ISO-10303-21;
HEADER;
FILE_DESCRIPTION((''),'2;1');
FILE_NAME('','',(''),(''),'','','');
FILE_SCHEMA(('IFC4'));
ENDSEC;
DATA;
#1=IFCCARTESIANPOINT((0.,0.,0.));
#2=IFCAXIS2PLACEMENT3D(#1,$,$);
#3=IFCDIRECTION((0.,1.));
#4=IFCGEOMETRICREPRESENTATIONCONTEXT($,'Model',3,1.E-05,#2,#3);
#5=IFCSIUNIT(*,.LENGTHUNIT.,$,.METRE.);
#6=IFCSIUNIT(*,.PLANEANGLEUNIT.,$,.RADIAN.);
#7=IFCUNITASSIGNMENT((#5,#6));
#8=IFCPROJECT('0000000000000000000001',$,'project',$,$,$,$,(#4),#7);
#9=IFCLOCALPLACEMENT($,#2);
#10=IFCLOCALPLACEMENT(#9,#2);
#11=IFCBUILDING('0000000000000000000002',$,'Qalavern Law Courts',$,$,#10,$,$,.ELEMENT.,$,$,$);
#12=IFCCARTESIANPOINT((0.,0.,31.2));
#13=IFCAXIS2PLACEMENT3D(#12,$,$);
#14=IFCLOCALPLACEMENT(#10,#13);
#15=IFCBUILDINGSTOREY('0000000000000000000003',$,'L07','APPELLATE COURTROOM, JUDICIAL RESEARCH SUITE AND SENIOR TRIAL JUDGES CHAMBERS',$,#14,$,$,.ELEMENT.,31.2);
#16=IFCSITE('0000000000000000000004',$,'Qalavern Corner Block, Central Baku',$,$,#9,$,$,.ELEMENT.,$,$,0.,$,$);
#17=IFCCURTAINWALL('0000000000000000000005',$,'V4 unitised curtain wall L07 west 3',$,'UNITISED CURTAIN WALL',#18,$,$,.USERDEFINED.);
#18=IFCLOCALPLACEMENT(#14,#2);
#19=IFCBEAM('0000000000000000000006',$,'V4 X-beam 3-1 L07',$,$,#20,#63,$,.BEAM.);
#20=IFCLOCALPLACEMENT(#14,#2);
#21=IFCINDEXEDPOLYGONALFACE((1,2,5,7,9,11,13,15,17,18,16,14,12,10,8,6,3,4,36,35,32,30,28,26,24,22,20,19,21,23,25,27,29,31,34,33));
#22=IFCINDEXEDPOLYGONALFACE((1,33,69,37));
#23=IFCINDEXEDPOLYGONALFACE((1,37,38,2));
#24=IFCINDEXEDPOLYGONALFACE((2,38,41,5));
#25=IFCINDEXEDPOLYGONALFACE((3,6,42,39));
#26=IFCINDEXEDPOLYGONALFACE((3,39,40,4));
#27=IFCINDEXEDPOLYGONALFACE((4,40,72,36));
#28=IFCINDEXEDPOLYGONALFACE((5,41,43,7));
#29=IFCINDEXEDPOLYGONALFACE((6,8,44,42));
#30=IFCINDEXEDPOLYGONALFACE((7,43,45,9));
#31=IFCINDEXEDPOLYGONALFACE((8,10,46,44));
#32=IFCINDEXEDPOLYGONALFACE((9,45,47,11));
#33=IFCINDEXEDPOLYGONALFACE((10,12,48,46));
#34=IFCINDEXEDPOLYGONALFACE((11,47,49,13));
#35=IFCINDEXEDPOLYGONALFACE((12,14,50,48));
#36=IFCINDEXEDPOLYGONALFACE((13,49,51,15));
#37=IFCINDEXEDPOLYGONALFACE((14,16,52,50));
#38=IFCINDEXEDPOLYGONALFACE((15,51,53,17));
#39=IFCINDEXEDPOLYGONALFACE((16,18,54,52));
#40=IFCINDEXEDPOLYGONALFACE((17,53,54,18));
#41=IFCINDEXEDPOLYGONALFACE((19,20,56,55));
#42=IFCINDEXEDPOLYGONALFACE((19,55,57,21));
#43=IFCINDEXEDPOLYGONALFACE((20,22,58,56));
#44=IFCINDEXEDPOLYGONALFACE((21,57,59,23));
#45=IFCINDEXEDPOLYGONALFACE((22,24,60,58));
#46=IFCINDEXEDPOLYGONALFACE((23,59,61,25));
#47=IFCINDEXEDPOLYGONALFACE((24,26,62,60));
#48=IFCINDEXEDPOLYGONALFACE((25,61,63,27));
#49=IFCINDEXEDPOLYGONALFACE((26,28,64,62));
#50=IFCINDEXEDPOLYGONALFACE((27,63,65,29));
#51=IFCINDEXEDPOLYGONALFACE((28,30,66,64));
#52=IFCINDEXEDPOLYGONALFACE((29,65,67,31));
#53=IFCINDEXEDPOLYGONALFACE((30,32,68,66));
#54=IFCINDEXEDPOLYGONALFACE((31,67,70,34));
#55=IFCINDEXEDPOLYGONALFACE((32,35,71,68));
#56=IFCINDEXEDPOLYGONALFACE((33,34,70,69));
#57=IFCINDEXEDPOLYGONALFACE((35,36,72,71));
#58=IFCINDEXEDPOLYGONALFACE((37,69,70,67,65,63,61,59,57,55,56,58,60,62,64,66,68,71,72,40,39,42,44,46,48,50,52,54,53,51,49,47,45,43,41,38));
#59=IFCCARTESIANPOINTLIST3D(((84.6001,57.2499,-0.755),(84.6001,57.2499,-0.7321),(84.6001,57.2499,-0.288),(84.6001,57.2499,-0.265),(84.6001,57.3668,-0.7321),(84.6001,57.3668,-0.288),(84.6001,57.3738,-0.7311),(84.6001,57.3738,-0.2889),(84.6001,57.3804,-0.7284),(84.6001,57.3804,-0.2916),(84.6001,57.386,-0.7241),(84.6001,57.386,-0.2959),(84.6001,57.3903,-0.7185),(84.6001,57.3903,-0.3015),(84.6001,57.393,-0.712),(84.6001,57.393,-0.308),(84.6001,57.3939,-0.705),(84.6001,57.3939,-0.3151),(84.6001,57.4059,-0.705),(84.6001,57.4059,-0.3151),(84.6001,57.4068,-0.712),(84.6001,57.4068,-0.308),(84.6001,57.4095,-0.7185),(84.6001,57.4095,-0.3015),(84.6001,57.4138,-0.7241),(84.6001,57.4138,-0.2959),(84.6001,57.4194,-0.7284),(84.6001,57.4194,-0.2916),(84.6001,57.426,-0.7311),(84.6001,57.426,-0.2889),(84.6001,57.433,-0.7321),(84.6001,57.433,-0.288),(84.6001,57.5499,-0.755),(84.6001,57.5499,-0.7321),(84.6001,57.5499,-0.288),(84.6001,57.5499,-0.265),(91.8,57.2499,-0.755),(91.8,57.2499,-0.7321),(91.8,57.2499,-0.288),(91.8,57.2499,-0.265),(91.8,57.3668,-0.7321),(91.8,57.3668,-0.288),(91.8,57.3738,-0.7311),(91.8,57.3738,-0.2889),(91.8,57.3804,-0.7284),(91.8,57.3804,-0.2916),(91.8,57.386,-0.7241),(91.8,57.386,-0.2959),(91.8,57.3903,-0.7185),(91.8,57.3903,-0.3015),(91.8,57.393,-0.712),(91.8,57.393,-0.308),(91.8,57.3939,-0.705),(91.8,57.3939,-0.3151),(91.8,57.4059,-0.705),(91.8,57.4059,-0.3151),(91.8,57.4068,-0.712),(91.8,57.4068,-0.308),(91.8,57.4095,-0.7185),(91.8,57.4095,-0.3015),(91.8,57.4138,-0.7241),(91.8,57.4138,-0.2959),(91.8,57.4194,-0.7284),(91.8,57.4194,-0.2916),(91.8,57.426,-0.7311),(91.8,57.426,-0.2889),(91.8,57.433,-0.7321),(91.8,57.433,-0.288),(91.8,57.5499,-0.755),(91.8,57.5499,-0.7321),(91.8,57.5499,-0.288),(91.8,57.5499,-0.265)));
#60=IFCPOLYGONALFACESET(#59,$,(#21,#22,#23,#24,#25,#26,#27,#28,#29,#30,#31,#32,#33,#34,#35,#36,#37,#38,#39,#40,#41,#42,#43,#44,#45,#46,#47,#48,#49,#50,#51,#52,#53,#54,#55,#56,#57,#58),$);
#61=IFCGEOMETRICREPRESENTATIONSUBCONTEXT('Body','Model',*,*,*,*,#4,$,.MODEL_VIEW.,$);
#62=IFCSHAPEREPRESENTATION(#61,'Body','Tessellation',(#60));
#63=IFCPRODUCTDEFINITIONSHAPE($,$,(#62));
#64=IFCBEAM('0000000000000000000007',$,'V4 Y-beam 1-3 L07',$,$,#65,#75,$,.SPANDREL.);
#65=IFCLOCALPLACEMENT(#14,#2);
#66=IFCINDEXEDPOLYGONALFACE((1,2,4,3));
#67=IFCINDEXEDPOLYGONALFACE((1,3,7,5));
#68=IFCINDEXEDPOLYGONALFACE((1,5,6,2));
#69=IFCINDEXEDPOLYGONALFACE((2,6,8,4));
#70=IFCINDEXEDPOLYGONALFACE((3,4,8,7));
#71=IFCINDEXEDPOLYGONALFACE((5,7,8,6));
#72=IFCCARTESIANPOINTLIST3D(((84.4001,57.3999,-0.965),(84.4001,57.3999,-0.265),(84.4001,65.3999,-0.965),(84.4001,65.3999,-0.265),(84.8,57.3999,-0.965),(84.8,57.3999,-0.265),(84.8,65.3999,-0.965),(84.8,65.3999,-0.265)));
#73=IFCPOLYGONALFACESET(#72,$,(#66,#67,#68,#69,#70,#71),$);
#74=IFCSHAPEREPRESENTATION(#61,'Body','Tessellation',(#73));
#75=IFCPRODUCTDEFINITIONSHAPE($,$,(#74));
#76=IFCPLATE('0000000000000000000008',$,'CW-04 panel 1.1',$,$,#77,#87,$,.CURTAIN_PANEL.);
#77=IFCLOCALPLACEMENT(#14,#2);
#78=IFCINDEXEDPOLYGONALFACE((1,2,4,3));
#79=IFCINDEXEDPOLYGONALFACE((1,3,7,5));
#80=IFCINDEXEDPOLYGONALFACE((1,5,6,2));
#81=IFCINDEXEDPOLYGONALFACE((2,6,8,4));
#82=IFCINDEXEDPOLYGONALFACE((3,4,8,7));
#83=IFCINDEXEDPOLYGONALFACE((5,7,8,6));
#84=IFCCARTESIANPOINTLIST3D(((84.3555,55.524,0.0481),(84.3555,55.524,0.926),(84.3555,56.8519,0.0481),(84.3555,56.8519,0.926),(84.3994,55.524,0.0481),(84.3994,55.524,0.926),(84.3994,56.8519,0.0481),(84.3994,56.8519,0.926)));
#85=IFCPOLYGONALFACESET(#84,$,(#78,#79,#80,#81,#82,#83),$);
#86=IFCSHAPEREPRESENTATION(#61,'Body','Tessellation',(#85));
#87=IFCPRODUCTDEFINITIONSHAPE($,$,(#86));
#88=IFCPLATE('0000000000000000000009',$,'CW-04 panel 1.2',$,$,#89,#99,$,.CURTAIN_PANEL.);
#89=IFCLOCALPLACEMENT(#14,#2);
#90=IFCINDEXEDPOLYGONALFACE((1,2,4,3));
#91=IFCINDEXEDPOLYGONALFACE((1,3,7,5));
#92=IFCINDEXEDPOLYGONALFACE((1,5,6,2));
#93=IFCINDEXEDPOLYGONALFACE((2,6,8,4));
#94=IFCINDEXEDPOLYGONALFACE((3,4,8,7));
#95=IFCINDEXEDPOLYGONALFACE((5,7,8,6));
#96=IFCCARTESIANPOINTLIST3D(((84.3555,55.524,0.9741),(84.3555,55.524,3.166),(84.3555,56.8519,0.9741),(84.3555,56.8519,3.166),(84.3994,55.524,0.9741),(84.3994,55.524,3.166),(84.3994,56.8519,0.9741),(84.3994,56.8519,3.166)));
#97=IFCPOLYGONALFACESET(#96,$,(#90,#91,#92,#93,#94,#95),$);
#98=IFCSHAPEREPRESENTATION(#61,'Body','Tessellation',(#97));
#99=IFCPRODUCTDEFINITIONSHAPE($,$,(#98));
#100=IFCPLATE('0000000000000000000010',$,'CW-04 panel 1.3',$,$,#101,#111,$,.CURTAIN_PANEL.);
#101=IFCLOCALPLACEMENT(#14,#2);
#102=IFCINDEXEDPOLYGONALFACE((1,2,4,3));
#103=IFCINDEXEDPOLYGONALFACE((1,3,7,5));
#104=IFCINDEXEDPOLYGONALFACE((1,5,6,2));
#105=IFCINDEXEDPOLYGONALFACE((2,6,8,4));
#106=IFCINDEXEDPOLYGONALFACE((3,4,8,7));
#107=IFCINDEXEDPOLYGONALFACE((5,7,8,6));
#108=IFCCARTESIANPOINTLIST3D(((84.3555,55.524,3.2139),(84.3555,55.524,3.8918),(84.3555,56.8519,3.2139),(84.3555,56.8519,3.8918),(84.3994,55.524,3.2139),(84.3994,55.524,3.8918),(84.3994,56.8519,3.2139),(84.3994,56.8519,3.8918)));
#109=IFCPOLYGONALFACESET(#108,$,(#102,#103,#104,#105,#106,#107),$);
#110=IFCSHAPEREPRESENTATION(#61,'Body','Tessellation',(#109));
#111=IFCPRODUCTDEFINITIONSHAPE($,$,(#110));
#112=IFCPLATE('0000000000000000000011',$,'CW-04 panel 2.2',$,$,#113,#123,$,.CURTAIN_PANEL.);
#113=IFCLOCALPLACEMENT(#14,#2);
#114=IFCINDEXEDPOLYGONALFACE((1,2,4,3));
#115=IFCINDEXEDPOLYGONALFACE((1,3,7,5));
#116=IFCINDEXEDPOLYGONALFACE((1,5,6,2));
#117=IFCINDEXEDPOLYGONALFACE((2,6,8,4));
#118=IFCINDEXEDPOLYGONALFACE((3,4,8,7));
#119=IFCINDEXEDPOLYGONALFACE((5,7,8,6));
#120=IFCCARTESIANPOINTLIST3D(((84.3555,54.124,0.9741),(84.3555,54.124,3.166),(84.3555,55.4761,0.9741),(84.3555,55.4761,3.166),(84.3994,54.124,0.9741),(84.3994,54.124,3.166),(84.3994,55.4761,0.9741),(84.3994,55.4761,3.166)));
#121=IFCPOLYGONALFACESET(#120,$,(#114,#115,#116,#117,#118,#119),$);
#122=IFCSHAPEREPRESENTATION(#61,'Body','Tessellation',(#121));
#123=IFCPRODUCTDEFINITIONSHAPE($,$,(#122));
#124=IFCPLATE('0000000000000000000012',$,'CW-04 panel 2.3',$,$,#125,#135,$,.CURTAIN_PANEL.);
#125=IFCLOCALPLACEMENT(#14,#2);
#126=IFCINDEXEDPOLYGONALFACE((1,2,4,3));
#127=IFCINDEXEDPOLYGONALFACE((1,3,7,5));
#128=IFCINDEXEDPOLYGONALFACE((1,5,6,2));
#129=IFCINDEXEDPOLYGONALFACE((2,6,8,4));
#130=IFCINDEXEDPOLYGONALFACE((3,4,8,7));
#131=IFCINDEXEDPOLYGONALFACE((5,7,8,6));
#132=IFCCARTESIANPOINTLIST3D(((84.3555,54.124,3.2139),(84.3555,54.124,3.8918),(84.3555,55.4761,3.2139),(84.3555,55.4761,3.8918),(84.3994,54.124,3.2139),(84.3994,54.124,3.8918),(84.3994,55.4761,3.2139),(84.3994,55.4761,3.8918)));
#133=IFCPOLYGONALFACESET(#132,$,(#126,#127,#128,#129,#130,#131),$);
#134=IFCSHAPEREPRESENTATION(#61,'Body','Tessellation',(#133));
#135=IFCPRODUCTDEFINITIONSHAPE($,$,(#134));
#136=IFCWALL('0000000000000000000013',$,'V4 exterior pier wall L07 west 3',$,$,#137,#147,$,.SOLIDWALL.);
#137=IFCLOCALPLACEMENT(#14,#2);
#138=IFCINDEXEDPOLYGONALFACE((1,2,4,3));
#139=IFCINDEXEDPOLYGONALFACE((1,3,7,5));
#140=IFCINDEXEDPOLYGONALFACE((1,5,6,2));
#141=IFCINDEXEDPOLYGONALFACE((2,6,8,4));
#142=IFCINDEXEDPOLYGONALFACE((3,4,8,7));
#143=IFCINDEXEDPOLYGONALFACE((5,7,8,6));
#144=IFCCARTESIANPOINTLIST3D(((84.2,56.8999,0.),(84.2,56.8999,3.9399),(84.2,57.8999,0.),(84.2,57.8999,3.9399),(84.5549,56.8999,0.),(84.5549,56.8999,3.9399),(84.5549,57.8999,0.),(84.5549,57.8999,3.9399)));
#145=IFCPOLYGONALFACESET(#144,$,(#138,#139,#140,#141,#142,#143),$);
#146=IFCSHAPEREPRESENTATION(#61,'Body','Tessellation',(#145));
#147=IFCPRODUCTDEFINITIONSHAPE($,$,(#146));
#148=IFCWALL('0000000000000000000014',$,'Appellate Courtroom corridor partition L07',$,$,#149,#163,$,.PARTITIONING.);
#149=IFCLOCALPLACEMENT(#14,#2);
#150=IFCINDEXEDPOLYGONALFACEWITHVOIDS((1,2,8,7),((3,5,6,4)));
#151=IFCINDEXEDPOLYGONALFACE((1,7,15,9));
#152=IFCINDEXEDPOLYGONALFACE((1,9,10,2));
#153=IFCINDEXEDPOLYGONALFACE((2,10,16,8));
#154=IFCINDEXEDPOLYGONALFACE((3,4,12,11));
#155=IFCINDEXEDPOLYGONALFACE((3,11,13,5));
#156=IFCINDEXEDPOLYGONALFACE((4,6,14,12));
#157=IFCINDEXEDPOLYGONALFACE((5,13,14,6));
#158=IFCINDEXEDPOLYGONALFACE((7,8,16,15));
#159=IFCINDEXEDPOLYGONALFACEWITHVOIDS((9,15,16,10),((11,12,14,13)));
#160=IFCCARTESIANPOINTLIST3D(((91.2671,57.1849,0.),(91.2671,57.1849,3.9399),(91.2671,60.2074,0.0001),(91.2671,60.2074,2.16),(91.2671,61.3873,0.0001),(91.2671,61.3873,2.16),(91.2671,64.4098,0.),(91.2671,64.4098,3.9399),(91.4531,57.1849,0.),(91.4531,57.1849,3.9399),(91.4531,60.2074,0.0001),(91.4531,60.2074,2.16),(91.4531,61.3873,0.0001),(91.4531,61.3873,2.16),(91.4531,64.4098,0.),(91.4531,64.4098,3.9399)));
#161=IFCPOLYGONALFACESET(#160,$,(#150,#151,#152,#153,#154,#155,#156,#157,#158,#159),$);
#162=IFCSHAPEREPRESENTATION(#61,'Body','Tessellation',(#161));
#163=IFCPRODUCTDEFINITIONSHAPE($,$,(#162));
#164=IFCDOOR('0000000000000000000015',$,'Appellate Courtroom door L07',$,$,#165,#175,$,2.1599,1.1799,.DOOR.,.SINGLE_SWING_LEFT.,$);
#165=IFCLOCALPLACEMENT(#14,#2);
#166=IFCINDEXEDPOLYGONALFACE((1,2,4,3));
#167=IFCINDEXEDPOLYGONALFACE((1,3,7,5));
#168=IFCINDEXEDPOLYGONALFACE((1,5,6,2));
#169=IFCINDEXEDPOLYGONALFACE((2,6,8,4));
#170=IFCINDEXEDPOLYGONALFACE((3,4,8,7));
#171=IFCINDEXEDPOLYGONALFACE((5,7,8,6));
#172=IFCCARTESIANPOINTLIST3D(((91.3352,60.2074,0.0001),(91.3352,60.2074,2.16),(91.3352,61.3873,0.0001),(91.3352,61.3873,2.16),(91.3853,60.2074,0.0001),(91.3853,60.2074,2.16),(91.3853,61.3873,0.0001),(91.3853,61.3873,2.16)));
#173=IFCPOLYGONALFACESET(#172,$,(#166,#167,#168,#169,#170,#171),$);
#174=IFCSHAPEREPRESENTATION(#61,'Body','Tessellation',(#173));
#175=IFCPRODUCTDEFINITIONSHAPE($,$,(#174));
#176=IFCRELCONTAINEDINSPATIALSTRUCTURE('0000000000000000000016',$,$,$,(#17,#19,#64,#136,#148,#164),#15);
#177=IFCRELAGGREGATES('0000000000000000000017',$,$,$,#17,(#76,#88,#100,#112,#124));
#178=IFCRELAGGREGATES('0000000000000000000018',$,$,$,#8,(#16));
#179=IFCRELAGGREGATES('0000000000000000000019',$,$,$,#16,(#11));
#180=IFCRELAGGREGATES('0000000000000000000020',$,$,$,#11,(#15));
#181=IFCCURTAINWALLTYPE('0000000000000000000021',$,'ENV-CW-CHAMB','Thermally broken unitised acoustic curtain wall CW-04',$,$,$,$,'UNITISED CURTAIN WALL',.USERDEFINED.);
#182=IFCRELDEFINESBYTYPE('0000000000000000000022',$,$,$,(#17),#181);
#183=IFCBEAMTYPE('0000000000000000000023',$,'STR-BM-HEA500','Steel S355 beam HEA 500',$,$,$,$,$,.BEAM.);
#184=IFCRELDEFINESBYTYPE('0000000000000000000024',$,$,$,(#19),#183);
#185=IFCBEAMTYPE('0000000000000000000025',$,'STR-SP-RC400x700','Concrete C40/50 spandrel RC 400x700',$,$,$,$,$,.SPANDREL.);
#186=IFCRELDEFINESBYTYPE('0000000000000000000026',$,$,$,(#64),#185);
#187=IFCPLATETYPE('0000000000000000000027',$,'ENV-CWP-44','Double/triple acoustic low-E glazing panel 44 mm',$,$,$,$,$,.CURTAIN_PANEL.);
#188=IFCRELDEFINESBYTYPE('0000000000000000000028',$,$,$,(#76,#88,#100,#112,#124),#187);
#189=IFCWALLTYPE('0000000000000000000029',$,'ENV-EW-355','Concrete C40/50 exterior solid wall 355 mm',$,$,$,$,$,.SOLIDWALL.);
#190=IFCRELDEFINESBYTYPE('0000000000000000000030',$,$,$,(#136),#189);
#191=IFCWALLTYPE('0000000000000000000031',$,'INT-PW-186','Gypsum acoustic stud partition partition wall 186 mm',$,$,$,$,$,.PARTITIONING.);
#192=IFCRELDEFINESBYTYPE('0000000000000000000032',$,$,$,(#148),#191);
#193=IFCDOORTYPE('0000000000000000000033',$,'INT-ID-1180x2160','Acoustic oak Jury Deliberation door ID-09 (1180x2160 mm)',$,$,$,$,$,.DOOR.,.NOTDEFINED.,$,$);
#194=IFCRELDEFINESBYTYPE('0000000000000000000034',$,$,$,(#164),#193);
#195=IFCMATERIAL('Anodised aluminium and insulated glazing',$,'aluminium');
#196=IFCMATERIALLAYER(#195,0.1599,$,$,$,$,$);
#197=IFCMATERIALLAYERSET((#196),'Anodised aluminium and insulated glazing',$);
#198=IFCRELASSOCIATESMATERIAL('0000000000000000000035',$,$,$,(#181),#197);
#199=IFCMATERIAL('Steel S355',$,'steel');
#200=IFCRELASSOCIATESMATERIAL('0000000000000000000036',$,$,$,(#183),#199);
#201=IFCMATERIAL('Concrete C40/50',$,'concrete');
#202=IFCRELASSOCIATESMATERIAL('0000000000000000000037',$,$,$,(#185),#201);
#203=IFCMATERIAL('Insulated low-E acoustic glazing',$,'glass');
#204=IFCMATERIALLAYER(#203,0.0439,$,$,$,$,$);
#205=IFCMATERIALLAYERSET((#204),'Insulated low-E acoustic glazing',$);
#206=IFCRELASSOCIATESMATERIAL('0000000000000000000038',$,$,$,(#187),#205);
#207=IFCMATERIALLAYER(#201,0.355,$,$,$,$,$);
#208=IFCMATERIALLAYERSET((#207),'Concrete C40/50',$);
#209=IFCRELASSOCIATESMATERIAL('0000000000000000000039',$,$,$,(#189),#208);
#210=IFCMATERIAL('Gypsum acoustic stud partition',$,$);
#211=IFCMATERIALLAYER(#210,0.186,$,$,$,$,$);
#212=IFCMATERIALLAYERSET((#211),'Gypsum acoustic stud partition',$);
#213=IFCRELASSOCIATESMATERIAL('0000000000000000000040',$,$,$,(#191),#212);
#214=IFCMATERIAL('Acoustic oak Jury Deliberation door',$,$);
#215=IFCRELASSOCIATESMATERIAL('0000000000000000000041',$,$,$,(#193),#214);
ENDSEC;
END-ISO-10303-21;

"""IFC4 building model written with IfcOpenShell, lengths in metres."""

from ifc_helpers import new_model, si_unit, direction, frame, frame_2d, origin, origin_2d, place, context, subcontext, project, spatial, rectangle, i_section, extrude, material, layer, layer_set, material_profile, profile_set, type_object, element, fill, aggregate, save


model = new_model("IFC4")

# Units and contexts
model_context = context("Model", 3, precision=1e-05, world=origin(), true_north=direction((0.0, 1.0)))
body_context = subcontext(model_context, "Body", "Model", "MODEL_VIEW")
ifc_project = project(units=[si_unit("LENGTHUNIT", "METRE"), si_unit("PLANEANGLEUNIT", "RADIAN")], contexts=[model_context])

# Site, building, storey
site_placement = place(None, origin())
site = spatial("IfcSite", under=ifc_project, at=site_placement, Name="Qalavern Corner Block, Central Baku", CompositionType="ELEMENT", RefElevation=0.0)
building_placement = place(site_placement, origin())
building = spatial("IfcBuilding", under=site, at=building_placement, Name="Qalavern Law Courts", CompositionType="ELEMENT")
storey_placement = place(building_placement, frame((0.0, 0.0, 31.2)))
storey = spatial("IfcBuildingStorey", under=building, at=storey_placement, Name="L07", Description="APPELLATE COURTROOM, JUDICIAL RESEARCH SUITE AND SENIOR TRIAL JUDGES CHAMBERS", CompositionType="ELEMENT", Elevation=31.2)

# Curtain wall
ifc_material_1 = material(Name="Anodised aluminium and insulated glazing", Category="aluminium")
ifc_layer_1 = layer(ifc_material_1, 0.1599)
ifc_layer_set_1 = layer_set([ifc_layer_1], Name="Anodised aluminium and insulated glazing")
curtain_wall_type = type_object("IfcCurtainWallType", Name="ENV-CW-CHAMB", Description="Thermally broken unitised acoustic curtain wall CW-04", ElementType="UNITISED CURTAIN WALL", PredefinedType="USERDEFINED", material=ifc_layer_set_1)
curtain_wall_placement = place(storey_placement, origin())
curtain_wall = element("IfcCurtainWall", 1, at=curtain_wall_placement, inside=storey, type_object=curtain_wall_type, Name="V4 unitised curtain wall L07 west 3", ObjectType="UNITISED CURTAIN WALL", PredefinedType="USERDEFINED")

# Beams
ifc_material_2 = material(Name="Steel S355", Category="steel")
ifc_material_profile_1 = material_profile(ifc_material_2, i_section(OverallWidth=0.3, OverallDepth=0.49, WebThickness=0.012, FlangeThickness=0.0229, FilletRadius=0.0271, at=origin_2d()), Name="HEA 500")
ifc_profile_set_1 = profile_set([ifc_material_profile_1], Name="Steel S355")
beam_type_1 = type_object("IfcBeamType", Name="STR-BM-HEA500", Description="Steel S355 beam HEA 500", PredefinedType="BEAM", material=ifc_profile_set_1)
beam_1_placement = place(storey_placement, frame((84.6001, 57.3999, -0.51), z_axis=(1.0, 0.0, 0.0), x_axis=(0.0, 1.0, 0.0)))
element("IfcBeam", 2, at=beam_1_placement, inside=storey, type_object=beam_type_1, Name="V4 X-beam 3-1 L07", PredefinedType="BEAM", context=body_context, shape_type="SweptSolid", body=[
    extrude(i_section(OverallWidth=0.3, OverallDepth=0.49, WebThickness=0.012, FlangeThickness=0.0229, FilletRadius=0.0271, at=origin_2d()), origin(), (0.0, 0.0, 1.0), 7.2),
])
ifc_material_3 = material(Name="Concrete C40/50", Category="concrete")
ifc_material_profile_2 = material_profile(ifc_material_3, rectangle(XDim=0.3999, YDim=0.7, at=origin_2d()), Name="RC 400x700")
ifc_profile_set_2 = profile_set([ifc_material_profile_2], Name="Concrete C40/50")
beam_type_2 = type_object("IfcBeamType", Name="STR-SP-RC400x700", Description="Concrete C40/50 spandrel RC 400x700", PredefinedType="SPANDREL", material=ifc_profile_set_2)
beam_2_placement = place(storey_placement, frame((84.6001, 57.3999, -0.615), z_axis=(0.0, 1.0, 0.0), x_axis=(-1.0, 0.0, 0.0)))
element("IfcBeam", 3, at=beam_2_placement, inside=storey, type_object=beam_type_2, Name="V4 Y-beam 1-3 L07", PredefinedType="SPANDREL", context=body_context, shape_type="SweptSolid", body=[
    extrude(rectangle(XDim=0.3999, YDim=0.7, at=origin_2d()), origin(), (0.0, 0.0, 1.0), 8.0),
])

# Plates
ifc_material_4 = material(Name="Insulated low-E acoustic glazing", Category="glass")
ifc_layer_2 = layer(ifc_material_4, 0.0439)
ifc_layer_set_2 = layer_set([ifc_layer_2], Name="Insulated low-E acoustic glazing")
plate_type = type_object("IfcPlateType", Name="ENV-CWP-44", Description="Double/triple acoustic low-E glazing panel 44 mm", PredefinedType="CURTAIN_PANEL", material=ifc_layer_set_2)
plate_1_placement = place(storey_placement, frame((84.3774, 56.188, 0.0481), z_axis=(0.0, 0.0, 1.0), x_axis=(0.0, -1.0, 0.0)))
plate_1 = element("IfcPlate", 4, at=plate_1_placement, type_object=plate_type, Name="CW-04 panel 1.1", PredefinedType="CURTAIN_PANEL", context=body_context, shape_type="SweptSolid", body=[
    extrude(rectangle(XDim=1.3279, YDim=0.0439, at=origin_2d()), origin(), (0.0, 0.0, 1.0), 0.8779),
])
plate_2_placement = place(storey_placement, frame((84.3774, 56.188, 0.9741), z_axis=(0.0, 0.0, 1.0), x_axis=(0.0, -1.0, 0.0)))
plate_2 = element("IfcPlate", 5, at=plate_2_placement, type_object=plate_type, Name="CW-04 panel 1.2", PredefinedType="CURTAIN_PANEL", context=body_context, shape_type="SweptSolid", body=[
    extrude(rectangle(XDim=1.3279, YDim=0.0439, at=origin_2d()), origin(), (0.0, 0.0, 1.0), 2.1919),
])
plate_3_placement = place(storey_placement, frame((84.3774, 56.188, 3.2139), z_axis=(0.0, 0.0, 1.0), x_axis=(0.0, -1.0, 0.0)))
plate_3 = element("IfcPlate", 6, at=plate_3_placement, type_object=plate_type, Name="CW-04 panel 1.3", PredefinedType="CURTAIN_PANEL", context=body_context, shape_type="SweptSolid", body=[
    extrude(rectangle(XDim=1.3279, YDim=0.0439, at=origin_2d()), origin(), (0.0, 0.0, 1.0), 0.678),
])
plate_4_placement = place(storey_placement, frame((84.3774, 54.8, 0.9741), z_axis=(0.0, 0.0, 1.0), x_axis=(0.0, -1.0, 0.0)))
plate_4 = element("IfcPlate", 7, at=plate_4_placement, type_object=plate_type, Name="CW-04 panel 2.2", PredefinedType="CURTAIN_PANEL", context=body_context, shape_type="SweptSolid", body=[
    extrude(rectangle(XDim=1.3521, YDim=0.0439, at=origin_2d()), origin(), (0.0, 0.0, 1.0), 2.1919),
])
plate_5_placement = place(storey_placement, frame((84.3774, 54.8, 3.2139), z_axis=(0.0, 0.0, 1.0), x_axis=(0.0, -1.0, 0.0)))
plate_5 = element("IfcPlate", 8, at=plate_5_placement, type_object=plate_type, Name="CW-04 panel 2.3", PredefinedType="CURTAIN_PANEL", context=body_context, shape_type="SweptSolid", body=[
    extrude(rectangle(XDim=1.3521, YDim=0.0439, at=origin_2d()), origin(), (0.0, 0.0, 1.0), 0.678),
])
aggregate(curtain_wall, [plate_1, plate_2, plate_3, plate_4, plate_5])

# Wall
ifc_layer_3 = layer(ifc_material_3, 0.355)
ifc_layer_set_3 = layer_set([ifc_layer_3], Name="Concrete C40/50")
wall_type_1 = type_object("IfcWallType", Name="ENV-EW-355", Description="Concrete C40/50 exterior solid wall 355 mm", PredefinedType="SOLIDWALL", material=ifc_layer_set_3)
wall_1_placement = place(storey_placement, frame((84.3774, 57.8999, 0.0), z_axis=(0.0, 0.0, 1.0), x_axis=(0.0, -1.0, 0.0)))
element("IfcWall", 9, at=wall_1_placement, inside=storey, type_object=wall_type_1, Name="V4 exterior pier wall L07 west 3", PredefinedType="SOLIDWALL", context=body_context, shape_type="SweptSolid", body=[
    extrude(rectangle(XDim=1.0, YDim=0.355, at=frame_2d((0.5, 0.0))), origin(), (0.0, 0.0, 1.0), 3.9399),
])

# Wall, opening, door
ifc_material_5 = material(Name="Gypsum acoustic stud partition")
ifc_layer_4 = layer(ifc_material_5, 0.186)
ifc_layer_set_4 = layer_set([ifc_layer_4], Name="Gypsum acoustic stud partition")
wall_type_2 = type_object("IfcWallType", Name="INT-PW-186", Description="Gypsum acoustic stud partition partition wall 186 mm", PredefinedType="PARTITIONING", material=ifc_layer_set_4)
wall_2_placement = place(storey_placement, frame((91.3601, 57.1851, 0.0), z_axis=(0.0, 0.0, 1.0), x_axis=(0.0, 1.0, 0.0)))
wall_2 = element("IfcWall", 10, at=wall_2_placement, inside=storey, type_object=wall_type_2, Name="Appellate Courtroom corridor partition L07", PredefinedType="PARTITIONING", context=body_context, shape_type="SweptSolid", body=[
    extrude(rectangle(XDim=7.2249, YDim=0.186, at=frame_2d((3.6123, 0.0))), origin(), (0.0, 0.0, 1.0), 3.9399),
])
opening_placement = place(wall_2_placement, frame((3.0225, 0.0, 0.0)))
opening = element("IfcOpeningElement", 11, at=opening_placement, cuts=wall_2, PredefinedType="OPENING", context=body_context, shape_type="SweptSolid", body=[
    extrude(rectangle(XDim=1.1799, YDim=2.1599, at=frame_2d((0.5898, 1.0801))), frame((0.0, 0.1079, 0.0), z_axis=(0.0, -1.0, 0.0), x_axis=(1.0, 0.0, 0.0)), (0.0, 0.0, 1.0), 0.2158),
])
ifc_material_6 = material(Name="Acoustic oak Jury Deliberation door")
door_type = type_object("IfcDoorType", Name="INT-ID-1180x2160", Description="Acoustic oak Jury Deliberation door ID-09 (1180x2160 mm)", OperationType="NOTDEFINED", PredefinedType="DOOR", material=ifc_material_6)
door_placement = place(opening_placement, origin())
door = element("IfcDoor", 12, at=door_placement, inside=storey, type_object=door_type, Name="Appellate Courtroom door L07", OperationType="SINGLE_SWING_LEFT", OverallHeight=2.1599, OverallWidth=1.1799, PredefinedType="DOOR", context=body_context, shape_type="SweptSolid", body=[
    extrude(rectangle(XDim=1.1799, YDim=2.1599, at=frame_2d((0.5898, 1.0801))), frame((0.0, 0.0249, 0.0), z_axis=(0.0, -1.0, 0.0), x_axis=(1.0, 0.0, 0.0)), (0.0, 0.0, 1.0), 0.05),
])
fill(opening, door)

save(model, "model.ifc")
